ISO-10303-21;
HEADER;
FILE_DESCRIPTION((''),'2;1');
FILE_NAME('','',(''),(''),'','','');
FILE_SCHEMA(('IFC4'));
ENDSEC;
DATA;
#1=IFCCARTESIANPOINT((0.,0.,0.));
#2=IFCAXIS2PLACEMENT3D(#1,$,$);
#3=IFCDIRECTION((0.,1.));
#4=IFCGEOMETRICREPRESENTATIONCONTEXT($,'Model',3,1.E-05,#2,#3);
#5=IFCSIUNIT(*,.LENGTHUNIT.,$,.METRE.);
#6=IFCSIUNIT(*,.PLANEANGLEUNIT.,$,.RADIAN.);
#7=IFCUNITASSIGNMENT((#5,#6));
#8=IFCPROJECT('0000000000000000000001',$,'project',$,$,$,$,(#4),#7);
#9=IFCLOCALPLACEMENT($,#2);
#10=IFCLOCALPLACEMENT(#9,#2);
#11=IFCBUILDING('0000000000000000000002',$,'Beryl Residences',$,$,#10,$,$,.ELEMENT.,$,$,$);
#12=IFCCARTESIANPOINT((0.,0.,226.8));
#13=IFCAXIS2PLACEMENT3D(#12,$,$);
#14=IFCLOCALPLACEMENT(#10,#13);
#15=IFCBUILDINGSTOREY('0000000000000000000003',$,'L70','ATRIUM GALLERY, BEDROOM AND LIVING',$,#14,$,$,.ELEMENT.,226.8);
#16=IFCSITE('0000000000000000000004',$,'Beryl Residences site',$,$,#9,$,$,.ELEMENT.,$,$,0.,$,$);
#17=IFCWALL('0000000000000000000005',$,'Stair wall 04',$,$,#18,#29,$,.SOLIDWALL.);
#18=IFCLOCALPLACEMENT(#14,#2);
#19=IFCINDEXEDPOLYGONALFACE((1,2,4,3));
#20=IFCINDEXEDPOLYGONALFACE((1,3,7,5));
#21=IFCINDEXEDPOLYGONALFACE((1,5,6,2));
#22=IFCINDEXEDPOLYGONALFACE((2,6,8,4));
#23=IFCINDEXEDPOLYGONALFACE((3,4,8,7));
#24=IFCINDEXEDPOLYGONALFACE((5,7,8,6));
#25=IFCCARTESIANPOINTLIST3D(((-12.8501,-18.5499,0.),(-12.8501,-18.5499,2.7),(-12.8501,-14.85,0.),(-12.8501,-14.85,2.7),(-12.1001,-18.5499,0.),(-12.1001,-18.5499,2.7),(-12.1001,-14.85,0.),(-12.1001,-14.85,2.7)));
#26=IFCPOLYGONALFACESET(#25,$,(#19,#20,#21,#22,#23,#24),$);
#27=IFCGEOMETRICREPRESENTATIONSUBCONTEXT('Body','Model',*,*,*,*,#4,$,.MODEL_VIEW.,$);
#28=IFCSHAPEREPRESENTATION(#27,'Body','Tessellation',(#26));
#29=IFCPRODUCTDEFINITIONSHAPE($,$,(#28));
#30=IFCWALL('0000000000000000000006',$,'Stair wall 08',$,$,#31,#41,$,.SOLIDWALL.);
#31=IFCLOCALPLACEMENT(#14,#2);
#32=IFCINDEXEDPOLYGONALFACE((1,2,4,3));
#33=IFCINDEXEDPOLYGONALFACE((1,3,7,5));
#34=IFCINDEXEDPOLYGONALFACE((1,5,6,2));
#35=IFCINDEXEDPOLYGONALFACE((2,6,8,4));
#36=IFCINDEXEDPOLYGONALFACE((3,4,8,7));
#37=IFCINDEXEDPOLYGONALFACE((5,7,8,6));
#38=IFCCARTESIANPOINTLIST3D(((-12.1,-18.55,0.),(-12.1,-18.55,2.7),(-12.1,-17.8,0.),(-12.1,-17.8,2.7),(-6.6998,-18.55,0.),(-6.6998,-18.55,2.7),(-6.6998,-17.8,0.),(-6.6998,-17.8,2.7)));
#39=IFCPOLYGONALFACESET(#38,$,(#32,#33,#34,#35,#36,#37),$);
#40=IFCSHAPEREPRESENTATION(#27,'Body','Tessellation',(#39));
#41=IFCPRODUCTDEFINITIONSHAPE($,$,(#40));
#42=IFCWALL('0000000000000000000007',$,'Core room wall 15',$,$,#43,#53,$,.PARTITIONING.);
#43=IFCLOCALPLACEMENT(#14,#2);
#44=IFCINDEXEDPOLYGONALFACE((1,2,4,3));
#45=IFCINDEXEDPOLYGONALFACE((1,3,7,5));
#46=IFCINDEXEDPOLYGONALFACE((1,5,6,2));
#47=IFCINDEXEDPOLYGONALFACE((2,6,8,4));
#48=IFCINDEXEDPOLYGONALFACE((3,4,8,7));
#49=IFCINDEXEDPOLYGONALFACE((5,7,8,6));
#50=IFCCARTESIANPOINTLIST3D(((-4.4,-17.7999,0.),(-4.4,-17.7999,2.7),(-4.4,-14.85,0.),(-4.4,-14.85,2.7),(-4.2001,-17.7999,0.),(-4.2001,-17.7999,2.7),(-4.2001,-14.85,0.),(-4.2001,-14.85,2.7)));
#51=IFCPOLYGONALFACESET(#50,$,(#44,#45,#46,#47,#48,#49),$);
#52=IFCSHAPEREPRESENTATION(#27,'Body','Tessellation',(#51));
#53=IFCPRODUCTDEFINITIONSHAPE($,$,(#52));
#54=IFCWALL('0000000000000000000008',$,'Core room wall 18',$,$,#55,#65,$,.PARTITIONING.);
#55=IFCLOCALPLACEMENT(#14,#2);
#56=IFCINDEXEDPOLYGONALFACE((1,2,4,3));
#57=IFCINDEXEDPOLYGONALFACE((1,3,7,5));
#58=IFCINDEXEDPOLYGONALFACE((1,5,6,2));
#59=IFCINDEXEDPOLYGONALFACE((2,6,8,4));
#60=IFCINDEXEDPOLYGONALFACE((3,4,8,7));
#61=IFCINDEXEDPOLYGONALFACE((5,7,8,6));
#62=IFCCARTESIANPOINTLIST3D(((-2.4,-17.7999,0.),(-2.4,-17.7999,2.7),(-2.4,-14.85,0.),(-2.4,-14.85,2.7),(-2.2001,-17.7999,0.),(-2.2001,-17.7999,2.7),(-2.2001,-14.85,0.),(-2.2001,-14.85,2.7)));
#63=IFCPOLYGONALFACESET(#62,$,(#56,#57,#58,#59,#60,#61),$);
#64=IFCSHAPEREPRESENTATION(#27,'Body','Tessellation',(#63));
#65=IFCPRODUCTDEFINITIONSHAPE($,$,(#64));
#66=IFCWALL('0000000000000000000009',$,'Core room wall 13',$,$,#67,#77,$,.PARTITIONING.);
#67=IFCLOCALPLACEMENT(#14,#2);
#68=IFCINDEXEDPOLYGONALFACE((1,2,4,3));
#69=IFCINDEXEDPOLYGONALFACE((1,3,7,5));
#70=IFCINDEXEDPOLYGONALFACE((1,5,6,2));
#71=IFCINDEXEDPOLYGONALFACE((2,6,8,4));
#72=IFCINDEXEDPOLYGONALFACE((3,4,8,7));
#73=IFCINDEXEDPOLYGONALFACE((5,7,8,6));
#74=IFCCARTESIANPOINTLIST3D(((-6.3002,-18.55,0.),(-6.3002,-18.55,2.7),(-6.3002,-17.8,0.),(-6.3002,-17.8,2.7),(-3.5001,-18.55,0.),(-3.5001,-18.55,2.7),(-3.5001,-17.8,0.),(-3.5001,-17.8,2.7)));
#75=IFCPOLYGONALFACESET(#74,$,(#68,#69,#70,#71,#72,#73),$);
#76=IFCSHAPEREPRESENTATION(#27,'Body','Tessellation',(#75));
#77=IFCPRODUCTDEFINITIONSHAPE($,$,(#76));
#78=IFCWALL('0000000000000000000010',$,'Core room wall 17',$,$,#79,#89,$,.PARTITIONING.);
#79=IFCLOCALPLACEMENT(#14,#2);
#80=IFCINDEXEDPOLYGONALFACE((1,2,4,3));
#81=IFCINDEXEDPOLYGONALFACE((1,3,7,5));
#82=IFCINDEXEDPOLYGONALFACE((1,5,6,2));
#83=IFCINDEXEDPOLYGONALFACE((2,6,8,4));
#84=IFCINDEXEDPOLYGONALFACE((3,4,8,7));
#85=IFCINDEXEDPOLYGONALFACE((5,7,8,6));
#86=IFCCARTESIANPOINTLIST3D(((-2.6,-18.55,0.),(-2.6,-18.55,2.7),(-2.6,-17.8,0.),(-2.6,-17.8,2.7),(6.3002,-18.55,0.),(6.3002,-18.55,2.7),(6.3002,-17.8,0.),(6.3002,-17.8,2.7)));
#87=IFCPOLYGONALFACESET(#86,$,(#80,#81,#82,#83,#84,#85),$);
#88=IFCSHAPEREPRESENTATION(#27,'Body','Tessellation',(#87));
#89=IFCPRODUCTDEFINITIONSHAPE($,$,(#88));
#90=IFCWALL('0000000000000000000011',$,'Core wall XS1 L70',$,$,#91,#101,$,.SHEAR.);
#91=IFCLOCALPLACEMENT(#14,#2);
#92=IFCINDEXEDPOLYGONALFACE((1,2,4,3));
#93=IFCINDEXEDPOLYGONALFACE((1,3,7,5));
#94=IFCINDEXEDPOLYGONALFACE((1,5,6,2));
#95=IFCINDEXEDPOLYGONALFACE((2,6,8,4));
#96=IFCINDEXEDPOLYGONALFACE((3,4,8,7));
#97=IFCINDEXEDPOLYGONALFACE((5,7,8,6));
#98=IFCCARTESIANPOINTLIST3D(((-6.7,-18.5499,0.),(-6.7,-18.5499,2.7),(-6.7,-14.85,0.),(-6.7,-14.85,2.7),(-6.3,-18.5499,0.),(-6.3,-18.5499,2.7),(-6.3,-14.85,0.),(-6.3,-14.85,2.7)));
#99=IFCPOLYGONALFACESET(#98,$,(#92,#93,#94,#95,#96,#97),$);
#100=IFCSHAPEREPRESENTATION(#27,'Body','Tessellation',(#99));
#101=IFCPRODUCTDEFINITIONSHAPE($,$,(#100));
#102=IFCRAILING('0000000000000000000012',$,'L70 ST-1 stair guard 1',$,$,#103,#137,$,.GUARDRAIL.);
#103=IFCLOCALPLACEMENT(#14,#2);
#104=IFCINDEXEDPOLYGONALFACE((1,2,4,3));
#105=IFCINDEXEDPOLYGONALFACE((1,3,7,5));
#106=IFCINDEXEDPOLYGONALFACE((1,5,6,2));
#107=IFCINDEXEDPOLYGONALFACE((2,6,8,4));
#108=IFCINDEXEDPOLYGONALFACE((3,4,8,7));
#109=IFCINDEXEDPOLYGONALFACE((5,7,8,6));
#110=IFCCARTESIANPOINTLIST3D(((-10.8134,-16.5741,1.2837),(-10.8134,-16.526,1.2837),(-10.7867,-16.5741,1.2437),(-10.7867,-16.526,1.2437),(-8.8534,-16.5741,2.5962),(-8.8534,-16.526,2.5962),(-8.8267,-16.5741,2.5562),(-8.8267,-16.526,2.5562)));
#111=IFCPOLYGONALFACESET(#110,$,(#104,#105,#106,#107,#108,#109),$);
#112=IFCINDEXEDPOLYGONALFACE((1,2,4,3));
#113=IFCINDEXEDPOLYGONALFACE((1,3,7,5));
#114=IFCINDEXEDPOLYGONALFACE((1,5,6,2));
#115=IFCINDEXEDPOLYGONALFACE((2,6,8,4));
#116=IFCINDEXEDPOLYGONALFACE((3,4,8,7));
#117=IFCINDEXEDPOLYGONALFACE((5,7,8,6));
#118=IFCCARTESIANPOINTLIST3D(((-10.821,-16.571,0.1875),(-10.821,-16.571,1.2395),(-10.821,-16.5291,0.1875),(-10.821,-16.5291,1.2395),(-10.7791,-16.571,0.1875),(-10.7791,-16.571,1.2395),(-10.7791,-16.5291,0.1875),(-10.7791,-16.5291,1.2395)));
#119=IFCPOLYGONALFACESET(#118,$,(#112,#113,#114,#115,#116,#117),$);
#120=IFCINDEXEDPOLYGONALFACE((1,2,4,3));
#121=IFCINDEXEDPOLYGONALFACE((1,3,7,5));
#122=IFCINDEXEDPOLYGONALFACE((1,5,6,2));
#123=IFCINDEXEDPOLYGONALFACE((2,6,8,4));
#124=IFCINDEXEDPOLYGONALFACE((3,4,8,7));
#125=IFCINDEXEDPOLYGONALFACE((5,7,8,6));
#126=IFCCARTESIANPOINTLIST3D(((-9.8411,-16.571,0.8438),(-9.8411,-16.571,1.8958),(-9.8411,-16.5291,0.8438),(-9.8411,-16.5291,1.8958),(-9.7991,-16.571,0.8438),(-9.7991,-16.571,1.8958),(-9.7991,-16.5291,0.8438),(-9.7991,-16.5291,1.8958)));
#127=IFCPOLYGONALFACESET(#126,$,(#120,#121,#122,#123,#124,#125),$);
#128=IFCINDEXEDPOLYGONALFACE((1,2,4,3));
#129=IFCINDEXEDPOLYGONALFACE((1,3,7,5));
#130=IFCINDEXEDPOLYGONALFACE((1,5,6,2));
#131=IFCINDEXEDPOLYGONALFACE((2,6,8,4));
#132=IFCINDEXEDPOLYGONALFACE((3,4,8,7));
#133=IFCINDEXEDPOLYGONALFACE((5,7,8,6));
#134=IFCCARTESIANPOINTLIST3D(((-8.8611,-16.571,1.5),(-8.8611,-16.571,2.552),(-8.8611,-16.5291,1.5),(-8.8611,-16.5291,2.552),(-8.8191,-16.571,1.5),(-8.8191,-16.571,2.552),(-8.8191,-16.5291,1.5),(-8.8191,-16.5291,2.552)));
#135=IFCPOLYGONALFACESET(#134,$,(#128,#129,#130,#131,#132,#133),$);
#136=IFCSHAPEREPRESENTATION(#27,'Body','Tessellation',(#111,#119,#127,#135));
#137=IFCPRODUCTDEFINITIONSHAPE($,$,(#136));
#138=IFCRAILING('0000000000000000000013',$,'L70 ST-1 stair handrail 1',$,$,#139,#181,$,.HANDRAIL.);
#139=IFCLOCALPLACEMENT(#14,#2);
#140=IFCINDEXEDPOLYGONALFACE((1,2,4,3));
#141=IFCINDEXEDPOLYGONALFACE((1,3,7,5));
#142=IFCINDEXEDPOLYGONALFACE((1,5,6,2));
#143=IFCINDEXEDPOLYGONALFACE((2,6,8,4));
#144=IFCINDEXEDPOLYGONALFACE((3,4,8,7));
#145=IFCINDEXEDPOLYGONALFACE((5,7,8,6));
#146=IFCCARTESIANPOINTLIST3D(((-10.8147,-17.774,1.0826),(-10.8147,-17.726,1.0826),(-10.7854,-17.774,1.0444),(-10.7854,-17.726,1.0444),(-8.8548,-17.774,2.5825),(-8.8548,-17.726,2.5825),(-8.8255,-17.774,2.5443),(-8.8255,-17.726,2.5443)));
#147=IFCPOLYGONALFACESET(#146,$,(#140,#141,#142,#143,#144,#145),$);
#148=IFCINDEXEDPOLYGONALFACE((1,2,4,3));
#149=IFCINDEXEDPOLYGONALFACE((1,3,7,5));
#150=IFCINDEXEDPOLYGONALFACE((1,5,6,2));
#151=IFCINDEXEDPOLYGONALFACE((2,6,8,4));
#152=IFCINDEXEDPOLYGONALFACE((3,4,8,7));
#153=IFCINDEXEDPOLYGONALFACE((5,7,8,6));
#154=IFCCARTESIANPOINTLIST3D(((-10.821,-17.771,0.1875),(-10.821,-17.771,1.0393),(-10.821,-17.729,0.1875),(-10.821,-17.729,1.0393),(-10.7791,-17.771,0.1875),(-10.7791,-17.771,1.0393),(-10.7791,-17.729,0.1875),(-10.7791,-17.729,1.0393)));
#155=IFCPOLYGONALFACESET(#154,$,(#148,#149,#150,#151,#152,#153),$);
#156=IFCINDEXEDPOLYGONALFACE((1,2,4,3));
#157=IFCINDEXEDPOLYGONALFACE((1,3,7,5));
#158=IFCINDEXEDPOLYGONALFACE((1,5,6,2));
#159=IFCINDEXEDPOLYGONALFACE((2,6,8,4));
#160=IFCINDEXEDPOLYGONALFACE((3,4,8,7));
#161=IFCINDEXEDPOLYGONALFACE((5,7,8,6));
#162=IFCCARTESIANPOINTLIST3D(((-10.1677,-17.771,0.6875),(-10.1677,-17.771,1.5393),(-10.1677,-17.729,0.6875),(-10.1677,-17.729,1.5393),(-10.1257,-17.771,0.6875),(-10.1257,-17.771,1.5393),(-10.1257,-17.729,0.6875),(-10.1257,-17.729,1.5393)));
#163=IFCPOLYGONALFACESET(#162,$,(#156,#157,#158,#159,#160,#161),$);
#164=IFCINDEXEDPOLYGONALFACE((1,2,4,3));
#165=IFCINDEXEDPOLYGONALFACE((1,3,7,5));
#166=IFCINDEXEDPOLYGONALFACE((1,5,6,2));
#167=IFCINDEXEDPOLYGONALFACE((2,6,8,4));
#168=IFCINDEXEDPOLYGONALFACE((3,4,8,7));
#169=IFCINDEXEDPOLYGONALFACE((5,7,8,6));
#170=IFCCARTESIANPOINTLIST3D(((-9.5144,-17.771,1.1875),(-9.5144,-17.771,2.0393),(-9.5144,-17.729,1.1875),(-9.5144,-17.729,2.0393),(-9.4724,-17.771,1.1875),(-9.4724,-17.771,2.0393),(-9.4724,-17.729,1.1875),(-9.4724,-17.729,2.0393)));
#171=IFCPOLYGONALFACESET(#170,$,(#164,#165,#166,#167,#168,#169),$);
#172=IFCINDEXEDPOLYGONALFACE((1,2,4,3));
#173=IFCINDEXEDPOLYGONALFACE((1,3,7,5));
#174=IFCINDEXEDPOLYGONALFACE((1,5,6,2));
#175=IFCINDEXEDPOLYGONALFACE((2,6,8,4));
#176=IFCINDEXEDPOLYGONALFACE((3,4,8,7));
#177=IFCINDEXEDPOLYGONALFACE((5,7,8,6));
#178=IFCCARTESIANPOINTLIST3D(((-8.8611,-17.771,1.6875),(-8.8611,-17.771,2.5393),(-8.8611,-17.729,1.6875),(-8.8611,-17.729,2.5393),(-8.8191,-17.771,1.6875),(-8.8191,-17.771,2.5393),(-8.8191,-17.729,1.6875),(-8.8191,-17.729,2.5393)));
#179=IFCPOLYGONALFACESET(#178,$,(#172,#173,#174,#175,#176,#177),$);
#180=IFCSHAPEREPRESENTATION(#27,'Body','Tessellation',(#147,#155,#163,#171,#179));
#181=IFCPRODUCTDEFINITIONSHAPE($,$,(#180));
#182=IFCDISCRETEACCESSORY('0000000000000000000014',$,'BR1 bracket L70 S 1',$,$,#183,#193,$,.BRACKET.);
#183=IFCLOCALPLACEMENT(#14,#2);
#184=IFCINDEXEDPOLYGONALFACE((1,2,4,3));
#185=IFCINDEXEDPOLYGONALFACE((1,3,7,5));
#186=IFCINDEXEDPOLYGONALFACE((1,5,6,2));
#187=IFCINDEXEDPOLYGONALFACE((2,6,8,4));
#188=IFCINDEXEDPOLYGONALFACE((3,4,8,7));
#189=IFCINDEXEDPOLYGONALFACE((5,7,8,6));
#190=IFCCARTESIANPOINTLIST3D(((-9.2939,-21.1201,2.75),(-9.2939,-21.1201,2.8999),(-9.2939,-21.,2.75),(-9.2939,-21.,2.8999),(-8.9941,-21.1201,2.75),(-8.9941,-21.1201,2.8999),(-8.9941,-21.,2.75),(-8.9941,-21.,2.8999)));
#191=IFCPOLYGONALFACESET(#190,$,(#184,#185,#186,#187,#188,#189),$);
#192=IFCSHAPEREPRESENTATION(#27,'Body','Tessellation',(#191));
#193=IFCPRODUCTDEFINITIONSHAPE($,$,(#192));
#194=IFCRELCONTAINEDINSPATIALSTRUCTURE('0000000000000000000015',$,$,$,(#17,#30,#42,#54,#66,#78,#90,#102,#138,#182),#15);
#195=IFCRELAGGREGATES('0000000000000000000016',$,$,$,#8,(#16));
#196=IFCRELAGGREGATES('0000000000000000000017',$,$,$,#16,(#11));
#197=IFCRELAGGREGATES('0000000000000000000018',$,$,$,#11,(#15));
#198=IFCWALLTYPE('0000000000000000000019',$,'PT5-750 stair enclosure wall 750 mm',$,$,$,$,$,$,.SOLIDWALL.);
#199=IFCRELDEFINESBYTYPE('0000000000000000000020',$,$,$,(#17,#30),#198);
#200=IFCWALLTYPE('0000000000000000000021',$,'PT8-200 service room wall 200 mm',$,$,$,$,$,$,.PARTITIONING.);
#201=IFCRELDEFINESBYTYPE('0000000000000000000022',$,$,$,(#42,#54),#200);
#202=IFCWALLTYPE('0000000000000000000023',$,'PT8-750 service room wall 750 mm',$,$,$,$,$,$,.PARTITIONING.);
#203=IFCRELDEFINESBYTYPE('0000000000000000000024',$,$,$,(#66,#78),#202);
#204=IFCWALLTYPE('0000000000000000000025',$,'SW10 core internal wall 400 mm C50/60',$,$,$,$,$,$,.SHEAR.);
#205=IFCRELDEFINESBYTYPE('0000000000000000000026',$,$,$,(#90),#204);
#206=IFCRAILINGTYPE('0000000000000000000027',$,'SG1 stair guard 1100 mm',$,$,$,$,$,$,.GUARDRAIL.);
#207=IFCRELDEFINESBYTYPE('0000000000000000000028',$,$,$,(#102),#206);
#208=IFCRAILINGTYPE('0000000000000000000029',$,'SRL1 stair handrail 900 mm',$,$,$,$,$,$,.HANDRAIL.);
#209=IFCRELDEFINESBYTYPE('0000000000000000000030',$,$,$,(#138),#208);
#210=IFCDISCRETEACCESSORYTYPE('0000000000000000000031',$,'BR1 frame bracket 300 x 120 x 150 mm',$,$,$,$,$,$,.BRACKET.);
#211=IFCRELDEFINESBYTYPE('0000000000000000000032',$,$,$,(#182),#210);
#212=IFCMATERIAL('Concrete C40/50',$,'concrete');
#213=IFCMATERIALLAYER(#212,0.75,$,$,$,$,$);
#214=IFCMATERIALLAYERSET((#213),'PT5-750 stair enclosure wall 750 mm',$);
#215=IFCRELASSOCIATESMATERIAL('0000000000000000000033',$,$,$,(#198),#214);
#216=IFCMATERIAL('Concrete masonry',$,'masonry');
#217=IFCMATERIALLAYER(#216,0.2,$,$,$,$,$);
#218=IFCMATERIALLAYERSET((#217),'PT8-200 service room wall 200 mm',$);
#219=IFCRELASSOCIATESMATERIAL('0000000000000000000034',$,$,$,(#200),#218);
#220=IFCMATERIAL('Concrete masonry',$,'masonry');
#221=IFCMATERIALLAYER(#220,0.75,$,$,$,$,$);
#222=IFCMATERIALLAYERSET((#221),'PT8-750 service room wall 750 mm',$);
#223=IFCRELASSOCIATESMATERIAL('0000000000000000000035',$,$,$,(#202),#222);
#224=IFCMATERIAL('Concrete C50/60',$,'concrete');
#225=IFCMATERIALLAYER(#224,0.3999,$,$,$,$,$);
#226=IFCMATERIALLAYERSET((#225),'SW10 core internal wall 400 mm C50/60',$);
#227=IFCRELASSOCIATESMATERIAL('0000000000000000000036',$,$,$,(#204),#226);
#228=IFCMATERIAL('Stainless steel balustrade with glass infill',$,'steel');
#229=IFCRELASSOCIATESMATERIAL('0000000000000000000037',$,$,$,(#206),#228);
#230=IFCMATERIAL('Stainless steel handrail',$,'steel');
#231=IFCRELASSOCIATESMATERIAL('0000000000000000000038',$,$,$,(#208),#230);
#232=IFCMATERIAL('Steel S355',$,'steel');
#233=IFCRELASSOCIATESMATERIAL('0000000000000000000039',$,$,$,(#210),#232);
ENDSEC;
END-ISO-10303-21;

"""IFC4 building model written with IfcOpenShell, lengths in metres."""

from ifc_helpers import new_model, si_unit, direction, frame, frame_2d, origin, origin_2d, place, context, subcontext, project, spatial, polyline, rectangle, outline, extrude, source, transform, mapped, material, layer, layer_set, type_object, type_shapes, element, save


model = new_model("IFC4")

# Units and contexts
model_context = context("Model", 3, precision=1e-05, world=origin(), true_north=direction((0.0, 1.0)))
body_context = subcontext(model_context, "Body", "Model", "MODEL_VIEW")
ifc_project = project(units=[si_unit("LENGTHUNIT", "METRE"), si_unit("PLANEANGLEUNIT", "RADIAN")], contexts=[model_context])

# Site, building, storey
site_placement = place(None, origin())
site = spatial("IfcSite", under=ifc_project, at=site_placement, Name="Beryl Residences site", CompositionType="ELEMENT", RefElevation=0.0)
building_placement = place(site_placement, origin())
building = spatial("IfcBuilding", under=site, at=building_placement, Name="Beryl Residences", CompositionType="ELEMENT")
storey_placement = place(building_placement, frame((0.0, 0.0, 226.8)))
storey = spatial("IfcBuildingStorey", under=building, at=storey_placement, Name="L70", Description="ATRIUM GALLERY, BEDROOM AND LIVING", CompositionType="ELEMENT", Elevation=226.8)

# Walls
ifc_material_1 = material(Name="Concrete C40/50", Category="concrete")
ifc_layer_1 = layer(ifc_material_1, 0.75)
ifc_layer_set_1 = layer_set([ifc_layer_1], Name="PT5-750 stair enclosure wall 750 mm")
wall_type_1 = type_object("IfcWallType", Name="PT5-750 stair enclosure wall 750 mm", PredefinedType="SOLIDWALL", material=ifc_layer_set_1)
wall_1_placement = place(storey_placement, frame((-12.4751, -18.55, 0.0), z_axis=(0.0, 0.0, 1.0), x_axis=(0.0, 1.0, 0.0)))
element("IfcWall", 1, at=wall_1_placement, inside=storey, type_object=wall_type_1, Name="Stair wall 04", PredefinedType="SOLIDWALL", context=body_context, shape_type="SweptSolid", body=[
    extrude(rectangle(XDim=3.7, YDim=0.75, at=frame_2d((1.8501, 0.0))), origin(), (0.0, 0.0, 1.0), 2.7),
])
wall_2_placement = place(storey_placement, frame((-12.1001, -18.175, 0.0), z_axis=(0.0, 0.0, 1.0), x_axis=(1.0, 0.0, 0.0)))
element("IfcWall", 2, at=wall_2_placement, inside=storey, type_object=wall_type_1, Name="Stair wall 08", PredefinedType="SOLIDWALL", context=body_context, shape_type="SweptSolid", body=[
    extrude(rectangle(XDim=5.4001, YDim=0.75, at=frame_2d((2.7002, 0.0))), origin(), (0.0, 0.0, 1.0), 2.7),
])
ifc_material_2 = material(Name="Concrete masonry", Category="masonry")
ifc_layer_2 = layer(ifc_material_2, 0.2)
ifc_layer_set_2 = layer_set([ifc_layer_2], Name="PT8-200 service room wall 200 mm")
wall_type_2 = type_object("IfcWallType", Name="PT8-200 service room wall 200 mm", PredefinedType="PARTITIONING", material=ifc_layer_set_2)
for number, where, z_axis, x_axis, name in (
    (3, (-4.3, -17.8, 0.0), (0.0, 0.0, 1.0), (0.0, 1.0, 0.0), "Core room wall 15"),
    (4, (-2.3, -17.8, 0.0), (0.0, 0.0, 1.0), (0.0, 1.0, 0.0), "Core room wall 18"),
):
    element("IfcWall", number, at=place(storey_placement, frame(where, z_axis=z_axis, x_axis=x_axis)), inside=storey, type_object=wall_type_2, Name=name, PredefinedType="PARTITIONING", context=body_context, shape_type="SweptSolid", body=[
        extrude(rectangle(XDim=2.95, YDim=0.2, at=frame_2d((1.4751, 0.0))), origin(), (0.0, 0.0, 1.0), 2.7),
    ])
ifc_material_3 = material(Name="Concrete masonry", Category="masonry")
ifc_layer_3 = layer(ifc_material_3, 0.75)
ifc_layer_set_3 = layer_set([ifc_layer_3], Name="PT8-750 service room wall 750 mm")
wall_type_3 = type_object("IfcWallType", Name="PT8-750 service room wall 750 mm", PredefinedType="PARTITIONING", material=ifc_layer_set_3)
wall_3_placement = place(storey_placement, frame((-6.3, -18.175, 0.0), z_axis=(0.0, 0.0, 1.0), x_axis=(1.0, 0.0, 0.0)))
element("IfcWall", 5, at=wall_3_placement, inside=storey, type_object=wall_type_3, Name="Core room wall 13", PredefinedType="PARTITIONING", context=body_context, shape_type="SweptSolid", body=[
    extrude(rectangle(XDim=2.8, YDim=0.75, at=frame_2d((1.3999, 0.0))), origin(), (0.0, 0.0, 1.0), 2.7),
])
wall_4_placement = place(storey_placement, frame((-2.6001, -18.175, 0.0), z_axis=(0.0, 0.0, 1.0), x_axis=(1.0, 0.0, 0.0)))
element("IfcWall", 6, at=wall_4_placement, inside=storey, type_object=wall_type_3, Name="Core room wall 17", PredefinedType="PARTITIONING", context=body_context, shape_type="SweptSolid", body=[
    extrude(rectangle(XDim=8.9001, YDim=0.75, at=frame_2d((4.4502, 0.0))), origin(), (0.0, 0.0, 1.0), 2.7),
])
ifc_material_4 = material(Name="Concrete C50/60", Category="concrete")
ifc_layer_4 = layer(ifc_material_4, 0.3999)
ifc_layer_set_4 = layer_set([ifc_layer_4], Name="SW10 core internal wall 400 mm C50/60")
wall_type_4 = type_object("IfcWallType", Name="SW10 core internal wall 400 mm C50/60", PredefinedType="SHEAR", material=ifc_layer_set_4)
wall_5_placement = place(storey_placement, frame((-6.5, -18.55, 0.0), z_axis=(0.0, 0.0, 1.0), x_axis=(0.0, 1.0, 0.0)))
element("IfcWall", 7, at=wall_5_placement, inside=storey, type_object=wall_type_4, Name="Core wall XS1 L70", PredefinedType="SHEAR", context=body_context, shape_type="SweptSolid", body=[
    extrude(rectangle(XDim=3.7, YDim=0.3999, at=frame_2d((1.8501, 0.0))), origin(), (0.0, 0.0, 1.0), 2.7),
])

# Railings
ifc_material_5 = material(Name="Stainless steel balustrade with glass infill", Category="steel")
railing_type_1 = type_object("IfcRailingType", Name="SG1 stair guard 1100 mm", PredefinedType="GUARDRAIL", material=ifc_material_5)
railing_1_placement = place(storey_placement, frame((-10.8, -16.55, 0.1875)))
element("IfcRailing", 8, at=railing_1_placement, inside=storey, type_object=railing_type_1, Name="L70 ST-1 stair guard 1", PredefinedType="GUARDRAIL", context=body_context, shape_type="SweptSolid", body=[
    extrude(rectangle(XDim=0.0481, YDim=0.0481, at=origin_2d()), frame((0.0, 0.0, 1.0762), z_axis=(0.830902, 0.0, 0.556419), x_axis=(0.0, 1.0, 0.0)), (0.0, 0.0, 1.0), 2.3589),
    extrude(rectangle(XDim=0.042, YDim=0.042, at=origin_2d()), origin(), (0.0, 0.0, 1.0), 1.052),
    extrude(rectangle(XDim=0.042, YDim=0.042, at=origin_2d()), frame((0.98, 0.0, 0.6562)), (0.0, 0.0, 1.0), 1.052),
    extrude(rectangle(XDim=0.042, YDim=0.042, at=origin_2d()), frame((1.96, 0.0, 1.3125)), (0.0, 0.0, 1.0), 1.052),
])
ifc_material_6 = material(Name="Stainless steel handrail", Category="steel")
railing_type_2 = type_object("IfcRailingType", Name="SRL1 stair handrail 900 mm", PredefinedType="HANDRAIL", material=ifc_material_6)
railing_2_placement = place(storey_placement, frame((-10.8, -17.75, 0.1875)))
element("IfcRailing", 9, at=railing_2_placement, inside=storey, type_object=railing_type_2, Name="L70 ST-1 stair handrail 1", PredefinedType="HANDRAIL", context=body_context, shape_type="SweptSolid", body=[
    extrude(rectangle(XDim=0.0481, YDim=0.0481, at=origin_2d()), frame((0.0, 0.0, 0.876), z_axis=(0.794122, 0.0, 0.607758), x_axis=(0.0, 1.0, 0.0)), (0.0, 0.0, 1.0), 2.468),
    extrude(rectangle(XDim=0.042, YDim=0.042, at=origin_2d()), origin(), (0.0, 0.0, 1.0), 0.8518),
    extrude(rectangle(XDim=0.042, YDim=0.042, at=origin_2d()), frame((0.6533, 0.0, 0.5)), (0.0, 0.0, 1.0), 0.8518),
    extrude(rectangle(XDim=0.042, YDim=0.042, at=origin_2d()), frame((1.3066, 0.0, 1.0)), (0.0, 0.0, 1.0), 0.8518),
    extrude(rectangle(XDim=0.042, YDim=0.042, at=origin_2d()), frame((1.96, 0.0, 1.5)), (0.0, 0.0, 1.0), 0.8518),
])

# Discrete accessory
ifc_material_7 = material(Name="Steel S355", Category="steel")
discrete_accessory_type = type_object("IfcDiscreteAccessoryType", Name="BR1 frame bracket 300 x 120 x 150 mm", PredefinedType="BRACKET", material=ifc_material_7)
shared_shape_1 = source(origin(), body_context, "Body", "SweptSolid", [
    extrude(outline(polyline([(-0.1499, 0.0), (0.1499, 0.0), (0.1499, 0.1201), (-0.1499, 0.1201), (-0.1499, 0.0)])), origin(), (0.0, 0.0, 1.0), 0.1499),
])
type_shapes(discrete_accessory_type, [shared_shape_1])
discrete_accessory_placement = place(storey_placement, frame((-9.144, -21.0, 2.75), z_axis=(0.0, 0.0, 1.0), x_axis=(-1.0, 0.0, 0.0)))
element("IfcDiscreteAccessory", 10, at=discrete_accessory_placement, inside=storey, type_object=discrete_accessory_type, Name="BR1 bracket L70 S 1", PredefinedType="BRACKET", context=body_context, shape_type="MappedRepresentation", body=[
    mapped(shared_shape_1, transform((0.0, 0.0, 0.0))),
])

save(model, "model.ifc")
